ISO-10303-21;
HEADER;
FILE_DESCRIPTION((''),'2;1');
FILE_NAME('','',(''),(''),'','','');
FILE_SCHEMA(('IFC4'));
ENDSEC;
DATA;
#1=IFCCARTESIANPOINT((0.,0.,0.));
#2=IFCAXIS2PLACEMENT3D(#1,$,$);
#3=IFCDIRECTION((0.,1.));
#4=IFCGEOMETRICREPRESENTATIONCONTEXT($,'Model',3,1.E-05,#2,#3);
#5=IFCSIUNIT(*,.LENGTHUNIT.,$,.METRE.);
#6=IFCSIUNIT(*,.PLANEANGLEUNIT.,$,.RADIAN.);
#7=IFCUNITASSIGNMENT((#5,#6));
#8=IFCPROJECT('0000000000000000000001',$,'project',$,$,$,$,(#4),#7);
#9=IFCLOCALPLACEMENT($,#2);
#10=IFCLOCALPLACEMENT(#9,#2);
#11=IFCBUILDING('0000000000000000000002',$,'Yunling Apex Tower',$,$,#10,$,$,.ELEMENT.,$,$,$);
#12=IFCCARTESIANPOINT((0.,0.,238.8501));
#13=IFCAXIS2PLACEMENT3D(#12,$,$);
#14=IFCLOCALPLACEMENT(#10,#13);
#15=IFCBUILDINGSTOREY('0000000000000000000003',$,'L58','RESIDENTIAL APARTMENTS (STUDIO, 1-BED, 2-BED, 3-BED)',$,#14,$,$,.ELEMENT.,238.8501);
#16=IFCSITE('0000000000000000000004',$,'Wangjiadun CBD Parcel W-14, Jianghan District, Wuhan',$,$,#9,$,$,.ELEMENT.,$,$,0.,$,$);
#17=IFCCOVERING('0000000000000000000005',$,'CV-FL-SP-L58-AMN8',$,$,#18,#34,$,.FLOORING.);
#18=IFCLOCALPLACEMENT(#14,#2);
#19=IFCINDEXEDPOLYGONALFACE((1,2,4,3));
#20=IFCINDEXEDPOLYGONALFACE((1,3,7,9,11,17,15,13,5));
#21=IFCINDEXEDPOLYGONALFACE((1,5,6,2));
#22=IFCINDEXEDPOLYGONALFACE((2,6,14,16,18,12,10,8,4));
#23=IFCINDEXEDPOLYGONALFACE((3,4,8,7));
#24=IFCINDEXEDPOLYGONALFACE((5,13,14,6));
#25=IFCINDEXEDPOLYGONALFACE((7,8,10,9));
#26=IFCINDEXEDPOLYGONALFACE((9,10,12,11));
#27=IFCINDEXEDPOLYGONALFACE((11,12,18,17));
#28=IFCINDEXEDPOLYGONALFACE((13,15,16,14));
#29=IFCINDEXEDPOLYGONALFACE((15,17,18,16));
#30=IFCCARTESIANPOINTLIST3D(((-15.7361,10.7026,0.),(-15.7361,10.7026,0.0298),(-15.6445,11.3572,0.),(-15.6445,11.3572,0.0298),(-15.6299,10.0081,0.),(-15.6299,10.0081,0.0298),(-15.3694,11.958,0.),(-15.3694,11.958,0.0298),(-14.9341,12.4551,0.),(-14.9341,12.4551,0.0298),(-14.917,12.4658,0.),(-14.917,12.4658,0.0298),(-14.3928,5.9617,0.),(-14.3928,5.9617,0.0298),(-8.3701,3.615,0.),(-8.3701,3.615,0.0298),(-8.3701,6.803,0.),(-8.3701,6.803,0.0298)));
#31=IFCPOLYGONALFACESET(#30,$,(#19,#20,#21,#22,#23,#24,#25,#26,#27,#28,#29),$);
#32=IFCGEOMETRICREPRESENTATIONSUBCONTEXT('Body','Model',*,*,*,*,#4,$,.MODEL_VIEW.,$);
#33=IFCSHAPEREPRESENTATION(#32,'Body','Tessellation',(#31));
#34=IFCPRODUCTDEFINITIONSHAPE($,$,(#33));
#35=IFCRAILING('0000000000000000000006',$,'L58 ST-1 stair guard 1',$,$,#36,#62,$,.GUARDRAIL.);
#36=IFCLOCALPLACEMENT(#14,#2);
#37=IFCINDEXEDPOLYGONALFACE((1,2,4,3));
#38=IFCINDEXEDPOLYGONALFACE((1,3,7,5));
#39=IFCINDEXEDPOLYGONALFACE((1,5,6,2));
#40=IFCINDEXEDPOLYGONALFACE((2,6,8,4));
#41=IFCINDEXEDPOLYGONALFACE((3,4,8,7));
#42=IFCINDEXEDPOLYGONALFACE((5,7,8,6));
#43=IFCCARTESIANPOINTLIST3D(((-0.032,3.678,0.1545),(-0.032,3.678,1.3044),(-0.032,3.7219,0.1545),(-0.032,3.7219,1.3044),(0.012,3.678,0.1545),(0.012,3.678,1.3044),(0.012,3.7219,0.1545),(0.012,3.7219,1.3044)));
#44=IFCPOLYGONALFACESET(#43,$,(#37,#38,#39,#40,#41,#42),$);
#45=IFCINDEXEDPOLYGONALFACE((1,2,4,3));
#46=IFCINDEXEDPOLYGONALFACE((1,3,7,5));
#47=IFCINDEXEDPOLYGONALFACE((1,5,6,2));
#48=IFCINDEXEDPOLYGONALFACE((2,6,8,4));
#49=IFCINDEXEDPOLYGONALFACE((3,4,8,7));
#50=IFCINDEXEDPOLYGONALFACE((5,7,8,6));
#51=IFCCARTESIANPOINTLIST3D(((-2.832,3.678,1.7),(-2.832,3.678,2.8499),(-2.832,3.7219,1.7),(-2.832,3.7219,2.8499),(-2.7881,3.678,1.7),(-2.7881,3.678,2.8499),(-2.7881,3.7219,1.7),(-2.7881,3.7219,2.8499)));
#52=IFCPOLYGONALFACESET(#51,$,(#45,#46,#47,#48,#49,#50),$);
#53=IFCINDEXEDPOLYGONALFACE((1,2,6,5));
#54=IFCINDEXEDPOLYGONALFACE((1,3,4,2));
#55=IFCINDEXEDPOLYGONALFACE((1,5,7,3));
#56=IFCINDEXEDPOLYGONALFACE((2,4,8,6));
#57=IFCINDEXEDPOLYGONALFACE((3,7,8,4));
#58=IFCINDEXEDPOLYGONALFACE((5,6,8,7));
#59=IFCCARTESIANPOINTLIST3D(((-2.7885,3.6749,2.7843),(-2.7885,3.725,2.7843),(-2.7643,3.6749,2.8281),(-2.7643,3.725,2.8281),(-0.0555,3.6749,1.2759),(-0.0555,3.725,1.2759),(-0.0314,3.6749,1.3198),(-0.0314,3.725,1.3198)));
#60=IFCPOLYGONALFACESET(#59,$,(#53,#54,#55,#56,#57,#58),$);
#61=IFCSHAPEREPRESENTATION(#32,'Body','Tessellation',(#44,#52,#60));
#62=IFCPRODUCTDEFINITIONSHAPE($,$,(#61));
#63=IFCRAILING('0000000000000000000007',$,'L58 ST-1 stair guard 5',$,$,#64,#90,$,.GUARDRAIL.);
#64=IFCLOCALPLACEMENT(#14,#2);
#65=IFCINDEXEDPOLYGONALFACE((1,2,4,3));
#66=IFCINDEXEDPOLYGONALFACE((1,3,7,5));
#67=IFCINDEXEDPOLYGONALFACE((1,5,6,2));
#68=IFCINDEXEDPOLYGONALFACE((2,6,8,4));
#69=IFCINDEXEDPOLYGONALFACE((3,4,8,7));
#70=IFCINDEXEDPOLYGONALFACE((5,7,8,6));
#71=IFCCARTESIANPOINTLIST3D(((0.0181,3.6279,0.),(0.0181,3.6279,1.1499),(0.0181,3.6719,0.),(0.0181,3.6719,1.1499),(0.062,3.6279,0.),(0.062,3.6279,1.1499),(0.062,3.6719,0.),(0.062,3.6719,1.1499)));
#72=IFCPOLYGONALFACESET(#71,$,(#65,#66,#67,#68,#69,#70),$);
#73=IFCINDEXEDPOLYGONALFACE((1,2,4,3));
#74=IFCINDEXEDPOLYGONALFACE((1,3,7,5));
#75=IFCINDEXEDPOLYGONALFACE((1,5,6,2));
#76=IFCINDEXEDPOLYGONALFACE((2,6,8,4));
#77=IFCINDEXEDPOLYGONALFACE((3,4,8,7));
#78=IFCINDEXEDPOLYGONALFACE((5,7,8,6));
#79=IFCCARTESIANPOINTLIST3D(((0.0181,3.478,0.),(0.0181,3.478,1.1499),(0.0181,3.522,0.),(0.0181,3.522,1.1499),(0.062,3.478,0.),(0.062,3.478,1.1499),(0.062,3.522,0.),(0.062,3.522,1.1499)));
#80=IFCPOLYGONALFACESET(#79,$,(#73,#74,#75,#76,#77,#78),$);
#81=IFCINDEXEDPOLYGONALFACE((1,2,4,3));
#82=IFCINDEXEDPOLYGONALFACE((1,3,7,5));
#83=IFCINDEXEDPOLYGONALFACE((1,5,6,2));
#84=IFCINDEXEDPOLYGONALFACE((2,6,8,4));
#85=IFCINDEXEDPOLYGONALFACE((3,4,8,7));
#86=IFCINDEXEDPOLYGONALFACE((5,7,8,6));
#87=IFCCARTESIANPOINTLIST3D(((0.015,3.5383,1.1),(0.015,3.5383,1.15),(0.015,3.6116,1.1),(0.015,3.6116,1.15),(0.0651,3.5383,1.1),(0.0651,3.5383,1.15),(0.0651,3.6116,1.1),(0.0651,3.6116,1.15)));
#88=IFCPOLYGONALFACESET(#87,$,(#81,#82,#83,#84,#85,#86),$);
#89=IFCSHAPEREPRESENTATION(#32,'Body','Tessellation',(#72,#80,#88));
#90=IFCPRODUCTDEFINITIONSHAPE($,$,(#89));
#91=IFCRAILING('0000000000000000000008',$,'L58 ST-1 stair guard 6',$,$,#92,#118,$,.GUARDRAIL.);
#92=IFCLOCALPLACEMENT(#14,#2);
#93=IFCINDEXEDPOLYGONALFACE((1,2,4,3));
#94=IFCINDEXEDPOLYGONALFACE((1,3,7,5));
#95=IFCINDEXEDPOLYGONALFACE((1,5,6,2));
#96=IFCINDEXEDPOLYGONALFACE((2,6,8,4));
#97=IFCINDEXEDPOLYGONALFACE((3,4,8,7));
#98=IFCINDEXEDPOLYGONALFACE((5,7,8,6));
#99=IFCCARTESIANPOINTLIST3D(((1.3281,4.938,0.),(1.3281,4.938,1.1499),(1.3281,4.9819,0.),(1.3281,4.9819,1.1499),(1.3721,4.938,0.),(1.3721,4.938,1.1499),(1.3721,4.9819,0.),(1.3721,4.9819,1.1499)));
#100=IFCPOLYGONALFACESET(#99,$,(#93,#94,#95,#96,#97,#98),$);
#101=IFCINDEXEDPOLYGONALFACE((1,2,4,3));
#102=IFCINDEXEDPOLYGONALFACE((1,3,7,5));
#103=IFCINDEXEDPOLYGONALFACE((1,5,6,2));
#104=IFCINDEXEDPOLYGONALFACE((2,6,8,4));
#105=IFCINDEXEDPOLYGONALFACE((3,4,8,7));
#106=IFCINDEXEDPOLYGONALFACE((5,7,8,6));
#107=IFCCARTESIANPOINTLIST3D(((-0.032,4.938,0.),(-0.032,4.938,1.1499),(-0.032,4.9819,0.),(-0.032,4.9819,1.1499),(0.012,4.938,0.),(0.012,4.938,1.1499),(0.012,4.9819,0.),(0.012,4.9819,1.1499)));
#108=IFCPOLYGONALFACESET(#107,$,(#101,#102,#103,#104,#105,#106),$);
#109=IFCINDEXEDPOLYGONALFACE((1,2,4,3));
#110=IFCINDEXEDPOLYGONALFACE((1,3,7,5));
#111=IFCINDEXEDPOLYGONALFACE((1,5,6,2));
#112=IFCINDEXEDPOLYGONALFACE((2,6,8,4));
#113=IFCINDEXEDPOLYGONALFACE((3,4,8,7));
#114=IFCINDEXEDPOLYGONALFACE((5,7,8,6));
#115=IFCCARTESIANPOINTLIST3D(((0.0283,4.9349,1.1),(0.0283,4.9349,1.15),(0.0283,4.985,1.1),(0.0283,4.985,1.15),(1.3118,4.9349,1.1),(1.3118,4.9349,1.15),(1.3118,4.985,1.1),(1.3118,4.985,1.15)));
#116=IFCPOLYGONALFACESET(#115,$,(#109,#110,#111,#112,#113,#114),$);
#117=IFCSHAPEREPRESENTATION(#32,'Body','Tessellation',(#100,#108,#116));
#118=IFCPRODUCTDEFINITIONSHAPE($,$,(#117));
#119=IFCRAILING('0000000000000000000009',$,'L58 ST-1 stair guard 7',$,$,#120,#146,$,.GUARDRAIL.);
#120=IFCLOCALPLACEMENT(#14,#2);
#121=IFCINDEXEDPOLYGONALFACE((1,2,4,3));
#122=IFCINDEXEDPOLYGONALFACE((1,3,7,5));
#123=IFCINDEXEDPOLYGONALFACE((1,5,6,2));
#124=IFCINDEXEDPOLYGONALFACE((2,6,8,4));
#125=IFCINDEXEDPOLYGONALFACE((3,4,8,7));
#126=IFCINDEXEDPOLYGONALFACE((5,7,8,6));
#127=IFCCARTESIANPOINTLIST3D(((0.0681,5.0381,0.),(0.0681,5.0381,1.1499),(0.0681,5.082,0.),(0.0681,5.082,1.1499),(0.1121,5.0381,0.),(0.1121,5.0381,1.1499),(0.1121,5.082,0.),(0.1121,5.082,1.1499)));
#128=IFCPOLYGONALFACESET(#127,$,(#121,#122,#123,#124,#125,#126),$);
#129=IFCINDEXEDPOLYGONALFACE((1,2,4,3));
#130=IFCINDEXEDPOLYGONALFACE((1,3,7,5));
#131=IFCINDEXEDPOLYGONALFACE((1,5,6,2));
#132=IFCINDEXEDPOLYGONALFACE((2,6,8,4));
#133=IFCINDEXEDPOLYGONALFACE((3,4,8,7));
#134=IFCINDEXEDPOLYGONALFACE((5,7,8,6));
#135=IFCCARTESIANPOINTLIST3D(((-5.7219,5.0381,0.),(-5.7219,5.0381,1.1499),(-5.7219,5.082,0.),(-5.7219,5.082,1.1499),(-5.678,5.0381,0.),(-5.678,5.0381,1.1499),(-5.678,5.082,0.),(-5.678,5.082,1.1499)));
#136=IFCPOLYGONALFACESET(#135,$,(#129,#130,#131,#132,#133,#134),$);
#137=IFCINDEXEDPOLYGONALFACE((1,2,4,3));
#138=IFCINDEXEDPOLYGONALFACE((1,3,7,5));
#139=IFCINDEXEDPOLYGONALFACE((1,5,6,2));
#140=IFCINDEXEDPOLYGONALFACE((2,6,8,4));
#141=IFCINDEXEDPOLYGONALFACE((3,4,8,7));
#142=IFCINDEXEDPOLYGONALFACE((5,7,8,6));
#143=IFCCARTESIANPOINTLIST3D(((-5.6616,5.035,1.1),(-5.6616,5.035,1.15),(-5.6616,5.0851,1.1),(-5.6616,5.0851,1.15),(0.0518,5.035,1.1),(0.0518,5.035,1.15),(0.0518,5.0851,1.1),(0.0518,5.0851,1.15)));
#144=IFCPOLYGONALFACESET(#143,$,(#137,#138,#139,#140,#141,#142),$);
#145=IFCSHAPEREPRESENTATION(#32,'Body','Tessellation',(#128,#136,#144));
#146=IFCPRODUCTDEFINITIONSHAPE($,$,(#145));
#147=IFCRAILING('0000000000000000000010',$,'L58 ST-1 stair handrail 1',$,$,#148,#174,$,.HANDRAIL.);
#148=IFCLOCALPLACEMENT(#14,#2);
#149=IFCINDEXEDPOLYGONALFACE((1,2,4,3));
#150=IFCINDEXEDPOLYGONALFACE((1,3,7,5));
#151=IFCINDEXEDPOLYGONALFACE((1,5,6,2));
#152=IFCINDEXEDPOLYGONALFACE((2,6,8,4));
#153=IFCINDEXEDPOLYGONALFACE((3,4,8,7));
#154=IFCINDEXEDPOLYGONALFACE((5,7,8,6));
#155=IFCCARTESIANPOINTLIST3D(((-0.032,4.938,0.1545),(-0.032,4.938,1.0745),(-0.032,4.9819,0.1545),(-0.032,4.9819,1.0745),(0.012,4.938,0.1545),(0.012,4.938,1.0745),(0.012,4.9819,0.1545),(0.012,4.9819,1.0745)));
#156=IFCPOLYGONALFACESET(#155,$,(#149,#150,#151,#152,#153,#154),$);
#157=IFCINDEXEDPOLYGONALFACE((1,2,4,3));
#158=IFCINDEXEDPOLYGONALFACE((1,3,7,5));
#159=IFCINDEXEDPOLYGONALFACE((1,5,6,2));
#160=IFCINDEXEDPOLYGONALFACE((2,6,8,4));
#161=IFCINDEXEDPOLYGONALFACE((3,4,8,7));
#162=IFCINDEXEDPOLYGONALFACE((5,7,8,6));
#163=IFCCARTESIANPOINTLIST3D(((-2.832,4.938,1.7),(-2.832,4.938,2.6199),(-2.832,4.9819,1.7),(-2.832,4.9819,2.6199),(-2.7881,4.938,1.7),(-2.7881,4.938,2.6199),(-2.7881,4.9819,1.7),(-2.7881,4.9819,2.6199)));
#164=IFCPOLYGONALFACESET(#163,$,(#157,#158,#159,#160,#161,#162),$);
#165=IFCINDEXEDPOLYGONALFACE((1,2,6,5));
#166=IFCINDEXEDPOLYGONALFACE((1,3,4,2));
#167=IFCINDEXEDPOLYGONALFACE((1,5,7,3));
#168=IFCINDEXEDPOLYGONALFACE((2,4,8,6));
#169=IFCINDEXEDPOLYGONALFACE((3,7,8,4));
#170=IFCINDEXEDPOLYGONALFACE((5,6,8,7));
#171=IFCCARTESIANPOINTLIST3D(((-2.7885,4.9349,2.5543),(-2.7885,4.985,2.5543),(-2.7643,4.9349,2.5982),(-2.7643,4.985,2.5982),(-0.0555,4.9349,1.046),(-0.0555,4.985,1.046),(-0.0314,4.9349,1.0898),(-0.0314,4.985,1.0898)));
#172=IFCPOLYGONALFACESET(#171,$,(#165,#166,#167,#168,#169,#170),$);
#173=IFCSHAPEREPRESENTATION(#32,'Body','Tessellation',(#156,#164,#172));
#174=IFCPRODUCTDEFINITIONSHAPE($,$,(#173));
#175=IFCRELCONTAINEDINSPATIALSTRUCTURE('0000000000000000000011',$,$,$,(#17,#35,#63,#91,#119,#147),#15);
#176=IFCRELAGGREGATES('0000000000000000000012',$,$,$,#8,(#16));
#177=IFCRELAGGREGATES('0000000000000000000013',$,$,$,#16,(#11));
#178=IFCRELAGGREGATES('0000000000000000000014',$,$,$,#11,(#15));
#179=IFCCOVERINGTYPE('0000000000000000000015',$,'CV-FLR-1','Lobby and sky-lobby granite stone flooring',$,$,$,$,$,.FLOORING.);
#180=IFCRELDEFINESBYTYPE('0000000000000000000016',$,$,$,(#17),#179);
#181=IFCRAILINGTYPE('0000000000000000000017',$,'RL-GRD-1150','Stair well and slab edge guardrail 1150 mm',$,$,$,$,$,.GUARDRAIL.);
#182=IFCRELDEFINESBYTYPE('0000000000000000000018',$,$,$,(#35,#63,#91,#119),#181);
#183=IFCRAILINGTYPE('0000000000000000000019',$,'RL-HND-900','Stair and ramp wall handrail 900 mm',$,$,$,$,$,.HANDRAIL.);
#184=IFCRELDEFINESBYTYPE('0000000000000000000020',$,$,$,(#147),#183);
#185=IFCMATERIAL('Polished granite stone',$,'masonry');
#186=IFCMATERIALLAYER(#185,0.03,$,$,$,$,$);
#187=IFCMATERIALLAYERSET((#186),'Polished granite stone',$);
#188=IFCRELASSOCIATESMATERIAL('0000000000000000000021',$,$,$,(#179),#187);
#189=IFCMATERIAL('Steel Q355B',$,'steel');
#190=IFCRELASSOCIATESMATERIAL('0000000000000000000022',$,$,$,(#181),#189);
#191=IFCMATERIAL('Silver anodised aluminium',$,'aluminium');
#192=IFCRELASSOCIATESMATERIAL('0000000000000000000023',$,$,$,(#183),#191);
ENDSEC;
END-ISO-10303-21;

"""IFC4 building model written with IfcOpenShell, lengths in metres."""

from ifc_helpers import new_model, si_unit, direction, frame, origin, origin_2d, place, context, subcontext, project, spatial, polyline, rectangle, outline, extrude, material, layer, layer_set, type_object, element, save


model = new_model("IFC4")

# Units and contexts
model_context = context("Model", 3, precision=1e-05, world=origin(), true_north=direction((0.0, 1.0)))
body_context = subcontext(model_context, "Body", "Model", "MODEL_VIEW")
ifc_project = project(units=[si_unit("LENGTHUNIT", "METRE"), si_unit("PLANEANGLEUNIT", "RADIAN")], contexts=[model_context])

# Site, building, storey
site_placement = place(None, origin())
site = spatial("IfcSite", under=ifc_project, at=site_placement, Name="Wangjiadun CBD Parcel W-14, Jianghan District, Wuhan", CompositionType="ELEMENT", RefElevation=0.0)
building_placement = place(site_placement, origin())
building = spatial("IfcBuilding", under=site, at=building_placement, Name="Yunling Apex Tower", CompositionType="ELEMENT")
storey_placement = place(building_placement, frame((0.0, 0.0, 238.8501)))
storey = spatial("IfcBuildingStorey", under=building, at=storey_placement, Name="L58", Description="RESIDENTIAL APARTMENTS (STUDIO, 1-BED, 2-BED, 3-BED)", CompositionType="ELEMENT", Elevation=238.8501)

# Shared definitions
ifc_material_1 = material(Name="Steel Q355B", Category="steel")

# Covering
ifc_material_2 = material(Name="Polished granite stone", Category="masonry")
ifc_layer_1 = layer(ifc_material_2, 0.03)
ifc_layer_set_1 = layer_set([ifc_layer_1], Name="Polished granite stone")
covering_type_1 = type_object("IfcCoveringType", Name="CV-FLR-1", Description="Lobby and sky-lobby granite stone flooring", PredefinedType="FLOORING", material=ifc_layer_set_1)
covering_1_placement = place(storey_placement, origin())
element("IfcCovering", 1, at=covering_1_placement, inside=storey, type_object=covering_type_1, Name="CV-FL-SP-L58-AMN8", PredefinedType="FLOORING", context=body_context, shape_type="SweptSolid", body=[
    extrude(outline(polyline([(-15.6445, 11.3572), (-15.3694, 11.958), (-14.9341, 12.4551), (-14.917, 12.4658), (-8.3701, 6.803), (-8.3701, 3.615), (-14.3928, 5.9617), (-15.6299, 10.0081), (-15.7361, 10.7026), (-15.6445, 11.3572)])), origin(), (0.0, 0.0, 1.0), 0.0298),
])

# Railings
railing_type_1 = type_object("IfcRailingType", Name="RL-GRD-1150", Description="Stair well and slab edge guardrail 1150 mm", PredefinedType="GUARDRAIL", material=ifc_material_1)
railing_1_placement = place(storey_placement, frame((-0.01, 3.7, 0.1545)))
element("IfcRailing", 2, at=railing_1_placement, inside=storey, type_object=railing_type_1, Name="L58 ST-1 stair guard 1", PredefinedType="GUARDRAIL", context=body_context, shape_type="SweptSolid", body=[
    extrude(rectangle(XDim=0.0439, YDim=0.0439, at=origin_2d()), origin(), (0.0, 0.0, 1.0), 1.1499),
    extrude(rectangle(XDim=0.0439, YDim=0.0439, at=origin_2d()), frame((-2.8, 0.0, 1.5454)), (0.0, 0.0, 1.0), 1.1499),
    extrude(rectangle(XDim=0.05, YDim=0.05, at=origin_2d()), frame((-0.0334, 0.0, 1.1433), z_axis=(-0.875504, 0.0, 0.483211), x_axis=(0.0, -1.0, 0.0)), (0.0, 0.0, 1.0), 3.1216),
])
railing_2_placement = place(storey_placement, frame((0.04, 3.6499, 0.0)))
element("IfcRailing", 3, at=railing_2_placement, inside=storey, type_object=railing_type_1, Name="L58 ST-1 stair guard 5", PredefinedType="GUARDRAIL", context=body_context, shape_type="SweptSolid", body=[
    extrude(rectangle(XDim=0.0439, YDim=0.0439, at=origin_2d()), origin(), (0.0, 0.0, 1.0), 1.1499),
    extrude(rectangle(XDim=0.0439, YDim=0.0439, at=origin_2d()), frame((0.0, -0.1499, 0.0)), (0.0, 0.0, 1.0), 1.1499),
    extrude(rectangle(XDim=0.05, YDim=0.05, at=origin_2d()), frame((0.0, -0.0383, 1.125), z_axis=(0.0, -1.0, 0.0), x_axis=(1.0, 0.0, 0.0)), (0.0, 0.0, 1.0), 0.0732),
])
railing_3_placement = place(storey_placement, frame((1.3501, 4.96, 0.0)))
element("IfcRailing", 4, at=railing_3_placement, inside=storey, type_object=railing_type_1, Name="L58 ST-1 stair guard 6", PredefinedType="GUARDRAIL", context=body_context, shape_type="SweptSolid", body=[
    extrude(rectangle(XDim=0.0439, YDim=0.0439, at=origin_2d()), origin(), (0.0, 0.0, 1.0), 1.1499),
    extrude(rectangle(XDim=0.0439, YDim=0.0439, at=origin_2d()), frame((-1.3601, 0.0, 0.0)), (0.0, 0.0, 1.0), 1.1499),
    extrude(rectangle(XDim=0.05, YDim=0.05, at=origin_2d()), frame((-0.0383, 0.0, 1.125), z_axis=(-1.0, 0.0, 0.0), x_axis=(0.0, -1.0, 0.0)), (0.0, 0.0, 1.0), 1.2834),
])
railing_4_placement = place(storey_placement, frame((0.0901, 5.0601, 0.0)))
element("IfcRailing", 5, at=railing_4_placement, inside=storey, type_object=railing_type_1, Name="L58 ST-1 stair guard 7", PredefinedType="GUARDRAIL", context=body_context, shape_type="SweptSolid", body=[
    extrude(rectangle(XDim=0.0439, YDim=0.0439, at=origin_2d()), origin(), (0.0, 0.0, 1.0), 1.1499),
    extrude(rectangle(XDim=0.0439, YDim=0.0439, at=origin_2d()), frame((-5.79, 0.0, 0.0)), (0.0, 0.0, 1.0), 1.1499),
    extrude(rectangle(XDim=0.05, YDim=0.05, at=origin_2d()), frame((-0.0383, 0.0, 1.125), z_axis=(-1.0, 0.0, 0.0), x_axis=(0.0, -1.0, 0.0)), (0.0, 0.0, 1.0), 5.7134),
])
ifc_material_3 = material(Name="Silver anodised aluminium", Category="aluminium")
railing_type_2 = type_object("IfcRailingType", Name="RL-HND-900", Description="Stair and ramp wall handrail 900 mm", PredefinedType="HANDRAIL", material=ifc_material_3)
railing_5_placement = place(storey_placement, frame((-0.01, 4.96, 0.1545)))
element("IfcRailing", 6, at=railing_5_placement, inside=storey, type_object=railing_type_2, Name="L58 ST-1 stair handrail 1", PredefinedType="HANDRAIL", context=body_context, shape_type="SweptSolid", body=[
    extrude(rectangle(XDim=0.0439, YDim=0.0439, at=origin_2d()), origin(), (0.0, 0.0, 1.0), 0.9199),
    extrude(rectangle(XDim=0.0439, YDim=0.0439, at=origin_2d()), frame((-2.8, 0.0, 1.5454)), (0.0, 0.0, 1.0), 0.9199),
    extrude(rectangle(XDim=0.05, YDim=0.05, at=origin_2d()), frame((-0.0334, 0.0, 0.9133), z_axis=(-0.875504, 0.0, 0.483211), x_axis=(0.0, -1.0, 0.0)), (0.0, 0.0, 1.0), 3.1216),
])

save(model, "model.ifc")
